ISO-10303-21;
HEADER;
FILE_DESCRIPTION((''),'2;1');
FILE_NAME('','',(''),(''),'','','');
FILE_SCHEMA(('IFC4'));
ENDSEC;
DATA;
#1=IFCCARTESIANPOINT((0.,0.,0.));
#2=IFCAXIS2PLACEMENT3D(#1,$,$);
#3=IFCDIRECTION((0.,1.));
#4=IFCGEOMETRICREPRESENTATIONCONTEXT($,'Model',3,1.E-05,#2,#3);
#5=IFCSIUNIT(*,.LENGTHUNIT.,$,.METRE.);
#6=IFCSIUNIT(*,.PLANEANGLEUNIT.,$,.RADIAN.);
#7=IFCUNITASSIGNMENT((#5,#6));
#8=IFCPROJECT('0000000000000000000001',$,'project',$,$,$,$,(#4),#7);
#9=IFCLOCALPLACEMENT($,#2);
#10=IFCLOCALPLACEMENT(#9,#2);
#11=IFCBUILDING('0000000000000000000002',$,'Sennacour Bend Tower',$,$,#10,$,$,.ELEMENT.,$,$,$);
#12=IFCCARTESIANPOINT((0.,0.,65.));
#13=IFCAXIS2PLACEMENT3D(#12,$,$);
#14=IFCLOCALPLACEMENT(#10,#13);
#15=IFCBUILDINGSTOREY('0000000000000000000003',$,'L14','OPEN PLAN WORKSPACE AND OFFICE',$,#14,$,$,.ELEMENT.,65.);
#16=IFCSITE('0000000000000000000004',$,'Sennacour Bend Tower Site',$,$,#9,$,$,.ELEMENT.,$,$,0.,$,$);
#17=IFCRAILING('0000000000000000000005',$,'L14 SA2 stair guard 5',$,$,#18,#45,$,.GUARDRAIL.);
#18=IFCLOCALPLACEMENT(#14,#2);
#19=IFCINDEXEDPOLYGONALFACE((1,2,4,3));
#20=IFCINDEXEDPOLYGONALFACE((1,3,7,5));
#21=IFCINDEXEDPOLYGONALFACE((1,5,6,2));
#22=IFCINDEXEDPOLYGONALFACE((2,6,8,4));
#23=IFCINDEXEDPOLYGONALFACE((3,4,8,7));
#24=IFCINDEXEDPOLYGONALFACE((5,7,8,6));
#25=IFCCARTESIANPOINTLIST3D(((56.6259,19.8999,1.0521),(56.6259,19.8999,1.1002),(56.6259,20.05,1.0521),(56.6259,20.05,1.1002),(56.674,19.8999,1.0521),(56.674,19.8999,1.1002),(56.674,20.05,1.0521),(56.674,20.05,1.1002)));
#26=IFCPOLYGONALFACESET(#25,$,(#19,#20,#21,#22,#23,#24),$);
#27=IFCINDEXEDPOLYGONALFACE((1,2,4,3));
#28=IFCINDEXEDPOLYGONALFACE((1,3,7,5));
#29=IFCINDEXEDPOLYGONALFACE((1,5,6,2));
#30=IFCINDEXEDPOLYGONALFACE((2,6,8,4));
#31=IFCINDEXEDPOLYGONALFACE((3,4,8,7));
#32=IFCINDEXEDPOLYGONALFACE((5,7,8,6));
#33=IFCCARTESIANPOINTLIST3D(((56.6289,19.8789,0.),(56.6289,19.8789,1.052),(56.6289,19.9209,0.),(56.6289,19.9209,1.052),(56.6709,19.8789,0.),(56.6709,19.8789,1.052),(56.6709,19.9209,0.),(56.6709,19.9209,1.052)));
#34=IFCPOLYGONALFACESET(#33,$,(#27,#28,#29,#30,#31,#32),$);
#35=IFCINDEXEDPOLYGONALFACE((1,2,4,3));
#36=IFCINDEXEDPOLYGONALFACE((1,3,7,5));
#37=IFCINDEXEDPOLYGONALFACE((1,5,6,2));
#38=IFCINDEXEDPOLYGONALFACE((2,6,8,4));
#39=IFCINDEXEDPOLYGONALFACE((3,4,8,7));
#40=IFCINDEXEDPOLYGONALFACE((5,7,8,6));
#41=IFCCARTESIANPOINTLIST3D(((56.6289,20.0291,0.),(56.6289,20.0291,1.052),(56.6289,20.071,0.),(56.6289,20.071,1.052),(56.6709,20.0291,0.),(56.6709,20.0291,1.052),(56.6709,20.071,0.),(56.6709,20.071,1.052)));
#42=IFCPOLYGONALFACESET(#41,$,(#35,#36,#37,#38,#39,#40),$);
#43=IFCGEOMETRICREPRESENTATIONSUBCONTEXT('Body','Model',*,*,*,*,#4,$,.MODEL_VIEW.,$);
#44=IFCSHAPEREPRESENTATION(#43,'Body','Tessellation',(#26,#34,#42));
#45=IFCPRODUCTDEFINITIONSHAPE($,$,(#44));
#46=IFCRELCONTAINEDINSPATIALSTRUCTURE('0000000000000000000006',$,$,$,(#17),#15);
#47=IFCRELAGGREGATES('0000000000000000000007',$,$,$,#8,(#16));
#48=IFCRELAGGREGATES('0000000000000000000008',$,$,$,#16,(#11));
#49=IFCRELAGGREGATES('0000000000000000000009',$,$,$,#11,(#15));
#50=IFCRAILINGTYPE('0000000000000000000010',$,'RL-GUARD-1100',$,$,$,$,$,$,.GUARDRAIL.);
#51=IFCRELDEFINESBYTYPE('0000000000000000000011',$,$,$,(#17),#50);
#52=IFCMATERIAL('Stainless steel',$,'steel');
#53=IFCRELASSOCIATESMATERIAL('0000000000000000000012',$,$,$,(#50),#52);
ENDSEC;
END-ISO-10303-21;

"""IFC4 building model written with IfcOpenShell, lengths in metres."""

from ifc_helpers import new_model, si_unit, direction, frame, origin, origin_2d, place, context, subcontext, project, spatial, rectangle, extrude, material, type_object, element, save


model = new_model("IFC4")

# Units and contexts
model_context = context("Model", 3, precision=1e-05, world=origin(), true_north=direction((0.0, 1.0)))
body_context = subcontext(model_context, "Body", "Model", "MODEL_VIEW")
ifc_project = project(units=[si_unit("LENGTHUNIT", "METRE"), si_unit("PLANEANGLEUNIT", "RADIAN")], contexts=[model_context])

# Site, building, storey
site_placement = place(None, origin())
site = spatial("IfcSite", under=ifc_project, at=site_placement, Name="Sennacour Bend Tower Site", CompositionType="ELEMENT", RefElevation=0.0)
building_placement = place(site_placement, origin())
building = spatial("IfcBuilding", under=site, at=building_placement, Name="Sennacour Bend Tower", CompositionType="ELEMENT")
storey_placement = place(building_placement, frame((0.0, 0.0, 65.0)))
storey = spatial("IfcBuildingStorey", under=building, at=storey_placement, Name="L14", Description="OPEN PLAN WORKSPACE AND OFFICE", CompositionType="ELEMENT", Elevation=65.0)

# Shared definitions
ifc_material_1 = material(Name="Stainless steel", Category="steel")

# Railing
railing_type = type_object("IfcRailingType", Name="RL-GUARD-1100", PredefinedType="GUARDRAIL", material=ifc_material_1)
railing_placement = place(storey_placement, frame((56.6499, 19.8999, 0.0)))
element("IfcRailing", 1, at=railing_placement, inside=storey, type_object=railing_type, Name="L14 SA2 stair guard 5", PredefinedType="GUARDRAIL", context=body_context, shape_type="SweptSolid", body=[
    extrude(rectangle(XDim=0.0481, YDim=0.0481, at=origin_2d()), frame((0.0, 0.0, 1.0762), z_axis=(0.0, 1.0, 0.0), x_axis=(-1.0, 0.0, 0.0)), (0.0, 0.0, 1.0), 0.1501),
    extrude(rectangle(XDim=0.042, YDim=0.042, at=origin_2d()), origin(), (0.0, 0.0, 1.0), 1.052),
    extrude(rectangle(XDim=0.042, YDim=0.042, at=origin_2d()), frame((0.0, 0.1501, 0.0)), (0.0, 0.0, 1.0), 1.052),
])

save(model, "model.ifc")
